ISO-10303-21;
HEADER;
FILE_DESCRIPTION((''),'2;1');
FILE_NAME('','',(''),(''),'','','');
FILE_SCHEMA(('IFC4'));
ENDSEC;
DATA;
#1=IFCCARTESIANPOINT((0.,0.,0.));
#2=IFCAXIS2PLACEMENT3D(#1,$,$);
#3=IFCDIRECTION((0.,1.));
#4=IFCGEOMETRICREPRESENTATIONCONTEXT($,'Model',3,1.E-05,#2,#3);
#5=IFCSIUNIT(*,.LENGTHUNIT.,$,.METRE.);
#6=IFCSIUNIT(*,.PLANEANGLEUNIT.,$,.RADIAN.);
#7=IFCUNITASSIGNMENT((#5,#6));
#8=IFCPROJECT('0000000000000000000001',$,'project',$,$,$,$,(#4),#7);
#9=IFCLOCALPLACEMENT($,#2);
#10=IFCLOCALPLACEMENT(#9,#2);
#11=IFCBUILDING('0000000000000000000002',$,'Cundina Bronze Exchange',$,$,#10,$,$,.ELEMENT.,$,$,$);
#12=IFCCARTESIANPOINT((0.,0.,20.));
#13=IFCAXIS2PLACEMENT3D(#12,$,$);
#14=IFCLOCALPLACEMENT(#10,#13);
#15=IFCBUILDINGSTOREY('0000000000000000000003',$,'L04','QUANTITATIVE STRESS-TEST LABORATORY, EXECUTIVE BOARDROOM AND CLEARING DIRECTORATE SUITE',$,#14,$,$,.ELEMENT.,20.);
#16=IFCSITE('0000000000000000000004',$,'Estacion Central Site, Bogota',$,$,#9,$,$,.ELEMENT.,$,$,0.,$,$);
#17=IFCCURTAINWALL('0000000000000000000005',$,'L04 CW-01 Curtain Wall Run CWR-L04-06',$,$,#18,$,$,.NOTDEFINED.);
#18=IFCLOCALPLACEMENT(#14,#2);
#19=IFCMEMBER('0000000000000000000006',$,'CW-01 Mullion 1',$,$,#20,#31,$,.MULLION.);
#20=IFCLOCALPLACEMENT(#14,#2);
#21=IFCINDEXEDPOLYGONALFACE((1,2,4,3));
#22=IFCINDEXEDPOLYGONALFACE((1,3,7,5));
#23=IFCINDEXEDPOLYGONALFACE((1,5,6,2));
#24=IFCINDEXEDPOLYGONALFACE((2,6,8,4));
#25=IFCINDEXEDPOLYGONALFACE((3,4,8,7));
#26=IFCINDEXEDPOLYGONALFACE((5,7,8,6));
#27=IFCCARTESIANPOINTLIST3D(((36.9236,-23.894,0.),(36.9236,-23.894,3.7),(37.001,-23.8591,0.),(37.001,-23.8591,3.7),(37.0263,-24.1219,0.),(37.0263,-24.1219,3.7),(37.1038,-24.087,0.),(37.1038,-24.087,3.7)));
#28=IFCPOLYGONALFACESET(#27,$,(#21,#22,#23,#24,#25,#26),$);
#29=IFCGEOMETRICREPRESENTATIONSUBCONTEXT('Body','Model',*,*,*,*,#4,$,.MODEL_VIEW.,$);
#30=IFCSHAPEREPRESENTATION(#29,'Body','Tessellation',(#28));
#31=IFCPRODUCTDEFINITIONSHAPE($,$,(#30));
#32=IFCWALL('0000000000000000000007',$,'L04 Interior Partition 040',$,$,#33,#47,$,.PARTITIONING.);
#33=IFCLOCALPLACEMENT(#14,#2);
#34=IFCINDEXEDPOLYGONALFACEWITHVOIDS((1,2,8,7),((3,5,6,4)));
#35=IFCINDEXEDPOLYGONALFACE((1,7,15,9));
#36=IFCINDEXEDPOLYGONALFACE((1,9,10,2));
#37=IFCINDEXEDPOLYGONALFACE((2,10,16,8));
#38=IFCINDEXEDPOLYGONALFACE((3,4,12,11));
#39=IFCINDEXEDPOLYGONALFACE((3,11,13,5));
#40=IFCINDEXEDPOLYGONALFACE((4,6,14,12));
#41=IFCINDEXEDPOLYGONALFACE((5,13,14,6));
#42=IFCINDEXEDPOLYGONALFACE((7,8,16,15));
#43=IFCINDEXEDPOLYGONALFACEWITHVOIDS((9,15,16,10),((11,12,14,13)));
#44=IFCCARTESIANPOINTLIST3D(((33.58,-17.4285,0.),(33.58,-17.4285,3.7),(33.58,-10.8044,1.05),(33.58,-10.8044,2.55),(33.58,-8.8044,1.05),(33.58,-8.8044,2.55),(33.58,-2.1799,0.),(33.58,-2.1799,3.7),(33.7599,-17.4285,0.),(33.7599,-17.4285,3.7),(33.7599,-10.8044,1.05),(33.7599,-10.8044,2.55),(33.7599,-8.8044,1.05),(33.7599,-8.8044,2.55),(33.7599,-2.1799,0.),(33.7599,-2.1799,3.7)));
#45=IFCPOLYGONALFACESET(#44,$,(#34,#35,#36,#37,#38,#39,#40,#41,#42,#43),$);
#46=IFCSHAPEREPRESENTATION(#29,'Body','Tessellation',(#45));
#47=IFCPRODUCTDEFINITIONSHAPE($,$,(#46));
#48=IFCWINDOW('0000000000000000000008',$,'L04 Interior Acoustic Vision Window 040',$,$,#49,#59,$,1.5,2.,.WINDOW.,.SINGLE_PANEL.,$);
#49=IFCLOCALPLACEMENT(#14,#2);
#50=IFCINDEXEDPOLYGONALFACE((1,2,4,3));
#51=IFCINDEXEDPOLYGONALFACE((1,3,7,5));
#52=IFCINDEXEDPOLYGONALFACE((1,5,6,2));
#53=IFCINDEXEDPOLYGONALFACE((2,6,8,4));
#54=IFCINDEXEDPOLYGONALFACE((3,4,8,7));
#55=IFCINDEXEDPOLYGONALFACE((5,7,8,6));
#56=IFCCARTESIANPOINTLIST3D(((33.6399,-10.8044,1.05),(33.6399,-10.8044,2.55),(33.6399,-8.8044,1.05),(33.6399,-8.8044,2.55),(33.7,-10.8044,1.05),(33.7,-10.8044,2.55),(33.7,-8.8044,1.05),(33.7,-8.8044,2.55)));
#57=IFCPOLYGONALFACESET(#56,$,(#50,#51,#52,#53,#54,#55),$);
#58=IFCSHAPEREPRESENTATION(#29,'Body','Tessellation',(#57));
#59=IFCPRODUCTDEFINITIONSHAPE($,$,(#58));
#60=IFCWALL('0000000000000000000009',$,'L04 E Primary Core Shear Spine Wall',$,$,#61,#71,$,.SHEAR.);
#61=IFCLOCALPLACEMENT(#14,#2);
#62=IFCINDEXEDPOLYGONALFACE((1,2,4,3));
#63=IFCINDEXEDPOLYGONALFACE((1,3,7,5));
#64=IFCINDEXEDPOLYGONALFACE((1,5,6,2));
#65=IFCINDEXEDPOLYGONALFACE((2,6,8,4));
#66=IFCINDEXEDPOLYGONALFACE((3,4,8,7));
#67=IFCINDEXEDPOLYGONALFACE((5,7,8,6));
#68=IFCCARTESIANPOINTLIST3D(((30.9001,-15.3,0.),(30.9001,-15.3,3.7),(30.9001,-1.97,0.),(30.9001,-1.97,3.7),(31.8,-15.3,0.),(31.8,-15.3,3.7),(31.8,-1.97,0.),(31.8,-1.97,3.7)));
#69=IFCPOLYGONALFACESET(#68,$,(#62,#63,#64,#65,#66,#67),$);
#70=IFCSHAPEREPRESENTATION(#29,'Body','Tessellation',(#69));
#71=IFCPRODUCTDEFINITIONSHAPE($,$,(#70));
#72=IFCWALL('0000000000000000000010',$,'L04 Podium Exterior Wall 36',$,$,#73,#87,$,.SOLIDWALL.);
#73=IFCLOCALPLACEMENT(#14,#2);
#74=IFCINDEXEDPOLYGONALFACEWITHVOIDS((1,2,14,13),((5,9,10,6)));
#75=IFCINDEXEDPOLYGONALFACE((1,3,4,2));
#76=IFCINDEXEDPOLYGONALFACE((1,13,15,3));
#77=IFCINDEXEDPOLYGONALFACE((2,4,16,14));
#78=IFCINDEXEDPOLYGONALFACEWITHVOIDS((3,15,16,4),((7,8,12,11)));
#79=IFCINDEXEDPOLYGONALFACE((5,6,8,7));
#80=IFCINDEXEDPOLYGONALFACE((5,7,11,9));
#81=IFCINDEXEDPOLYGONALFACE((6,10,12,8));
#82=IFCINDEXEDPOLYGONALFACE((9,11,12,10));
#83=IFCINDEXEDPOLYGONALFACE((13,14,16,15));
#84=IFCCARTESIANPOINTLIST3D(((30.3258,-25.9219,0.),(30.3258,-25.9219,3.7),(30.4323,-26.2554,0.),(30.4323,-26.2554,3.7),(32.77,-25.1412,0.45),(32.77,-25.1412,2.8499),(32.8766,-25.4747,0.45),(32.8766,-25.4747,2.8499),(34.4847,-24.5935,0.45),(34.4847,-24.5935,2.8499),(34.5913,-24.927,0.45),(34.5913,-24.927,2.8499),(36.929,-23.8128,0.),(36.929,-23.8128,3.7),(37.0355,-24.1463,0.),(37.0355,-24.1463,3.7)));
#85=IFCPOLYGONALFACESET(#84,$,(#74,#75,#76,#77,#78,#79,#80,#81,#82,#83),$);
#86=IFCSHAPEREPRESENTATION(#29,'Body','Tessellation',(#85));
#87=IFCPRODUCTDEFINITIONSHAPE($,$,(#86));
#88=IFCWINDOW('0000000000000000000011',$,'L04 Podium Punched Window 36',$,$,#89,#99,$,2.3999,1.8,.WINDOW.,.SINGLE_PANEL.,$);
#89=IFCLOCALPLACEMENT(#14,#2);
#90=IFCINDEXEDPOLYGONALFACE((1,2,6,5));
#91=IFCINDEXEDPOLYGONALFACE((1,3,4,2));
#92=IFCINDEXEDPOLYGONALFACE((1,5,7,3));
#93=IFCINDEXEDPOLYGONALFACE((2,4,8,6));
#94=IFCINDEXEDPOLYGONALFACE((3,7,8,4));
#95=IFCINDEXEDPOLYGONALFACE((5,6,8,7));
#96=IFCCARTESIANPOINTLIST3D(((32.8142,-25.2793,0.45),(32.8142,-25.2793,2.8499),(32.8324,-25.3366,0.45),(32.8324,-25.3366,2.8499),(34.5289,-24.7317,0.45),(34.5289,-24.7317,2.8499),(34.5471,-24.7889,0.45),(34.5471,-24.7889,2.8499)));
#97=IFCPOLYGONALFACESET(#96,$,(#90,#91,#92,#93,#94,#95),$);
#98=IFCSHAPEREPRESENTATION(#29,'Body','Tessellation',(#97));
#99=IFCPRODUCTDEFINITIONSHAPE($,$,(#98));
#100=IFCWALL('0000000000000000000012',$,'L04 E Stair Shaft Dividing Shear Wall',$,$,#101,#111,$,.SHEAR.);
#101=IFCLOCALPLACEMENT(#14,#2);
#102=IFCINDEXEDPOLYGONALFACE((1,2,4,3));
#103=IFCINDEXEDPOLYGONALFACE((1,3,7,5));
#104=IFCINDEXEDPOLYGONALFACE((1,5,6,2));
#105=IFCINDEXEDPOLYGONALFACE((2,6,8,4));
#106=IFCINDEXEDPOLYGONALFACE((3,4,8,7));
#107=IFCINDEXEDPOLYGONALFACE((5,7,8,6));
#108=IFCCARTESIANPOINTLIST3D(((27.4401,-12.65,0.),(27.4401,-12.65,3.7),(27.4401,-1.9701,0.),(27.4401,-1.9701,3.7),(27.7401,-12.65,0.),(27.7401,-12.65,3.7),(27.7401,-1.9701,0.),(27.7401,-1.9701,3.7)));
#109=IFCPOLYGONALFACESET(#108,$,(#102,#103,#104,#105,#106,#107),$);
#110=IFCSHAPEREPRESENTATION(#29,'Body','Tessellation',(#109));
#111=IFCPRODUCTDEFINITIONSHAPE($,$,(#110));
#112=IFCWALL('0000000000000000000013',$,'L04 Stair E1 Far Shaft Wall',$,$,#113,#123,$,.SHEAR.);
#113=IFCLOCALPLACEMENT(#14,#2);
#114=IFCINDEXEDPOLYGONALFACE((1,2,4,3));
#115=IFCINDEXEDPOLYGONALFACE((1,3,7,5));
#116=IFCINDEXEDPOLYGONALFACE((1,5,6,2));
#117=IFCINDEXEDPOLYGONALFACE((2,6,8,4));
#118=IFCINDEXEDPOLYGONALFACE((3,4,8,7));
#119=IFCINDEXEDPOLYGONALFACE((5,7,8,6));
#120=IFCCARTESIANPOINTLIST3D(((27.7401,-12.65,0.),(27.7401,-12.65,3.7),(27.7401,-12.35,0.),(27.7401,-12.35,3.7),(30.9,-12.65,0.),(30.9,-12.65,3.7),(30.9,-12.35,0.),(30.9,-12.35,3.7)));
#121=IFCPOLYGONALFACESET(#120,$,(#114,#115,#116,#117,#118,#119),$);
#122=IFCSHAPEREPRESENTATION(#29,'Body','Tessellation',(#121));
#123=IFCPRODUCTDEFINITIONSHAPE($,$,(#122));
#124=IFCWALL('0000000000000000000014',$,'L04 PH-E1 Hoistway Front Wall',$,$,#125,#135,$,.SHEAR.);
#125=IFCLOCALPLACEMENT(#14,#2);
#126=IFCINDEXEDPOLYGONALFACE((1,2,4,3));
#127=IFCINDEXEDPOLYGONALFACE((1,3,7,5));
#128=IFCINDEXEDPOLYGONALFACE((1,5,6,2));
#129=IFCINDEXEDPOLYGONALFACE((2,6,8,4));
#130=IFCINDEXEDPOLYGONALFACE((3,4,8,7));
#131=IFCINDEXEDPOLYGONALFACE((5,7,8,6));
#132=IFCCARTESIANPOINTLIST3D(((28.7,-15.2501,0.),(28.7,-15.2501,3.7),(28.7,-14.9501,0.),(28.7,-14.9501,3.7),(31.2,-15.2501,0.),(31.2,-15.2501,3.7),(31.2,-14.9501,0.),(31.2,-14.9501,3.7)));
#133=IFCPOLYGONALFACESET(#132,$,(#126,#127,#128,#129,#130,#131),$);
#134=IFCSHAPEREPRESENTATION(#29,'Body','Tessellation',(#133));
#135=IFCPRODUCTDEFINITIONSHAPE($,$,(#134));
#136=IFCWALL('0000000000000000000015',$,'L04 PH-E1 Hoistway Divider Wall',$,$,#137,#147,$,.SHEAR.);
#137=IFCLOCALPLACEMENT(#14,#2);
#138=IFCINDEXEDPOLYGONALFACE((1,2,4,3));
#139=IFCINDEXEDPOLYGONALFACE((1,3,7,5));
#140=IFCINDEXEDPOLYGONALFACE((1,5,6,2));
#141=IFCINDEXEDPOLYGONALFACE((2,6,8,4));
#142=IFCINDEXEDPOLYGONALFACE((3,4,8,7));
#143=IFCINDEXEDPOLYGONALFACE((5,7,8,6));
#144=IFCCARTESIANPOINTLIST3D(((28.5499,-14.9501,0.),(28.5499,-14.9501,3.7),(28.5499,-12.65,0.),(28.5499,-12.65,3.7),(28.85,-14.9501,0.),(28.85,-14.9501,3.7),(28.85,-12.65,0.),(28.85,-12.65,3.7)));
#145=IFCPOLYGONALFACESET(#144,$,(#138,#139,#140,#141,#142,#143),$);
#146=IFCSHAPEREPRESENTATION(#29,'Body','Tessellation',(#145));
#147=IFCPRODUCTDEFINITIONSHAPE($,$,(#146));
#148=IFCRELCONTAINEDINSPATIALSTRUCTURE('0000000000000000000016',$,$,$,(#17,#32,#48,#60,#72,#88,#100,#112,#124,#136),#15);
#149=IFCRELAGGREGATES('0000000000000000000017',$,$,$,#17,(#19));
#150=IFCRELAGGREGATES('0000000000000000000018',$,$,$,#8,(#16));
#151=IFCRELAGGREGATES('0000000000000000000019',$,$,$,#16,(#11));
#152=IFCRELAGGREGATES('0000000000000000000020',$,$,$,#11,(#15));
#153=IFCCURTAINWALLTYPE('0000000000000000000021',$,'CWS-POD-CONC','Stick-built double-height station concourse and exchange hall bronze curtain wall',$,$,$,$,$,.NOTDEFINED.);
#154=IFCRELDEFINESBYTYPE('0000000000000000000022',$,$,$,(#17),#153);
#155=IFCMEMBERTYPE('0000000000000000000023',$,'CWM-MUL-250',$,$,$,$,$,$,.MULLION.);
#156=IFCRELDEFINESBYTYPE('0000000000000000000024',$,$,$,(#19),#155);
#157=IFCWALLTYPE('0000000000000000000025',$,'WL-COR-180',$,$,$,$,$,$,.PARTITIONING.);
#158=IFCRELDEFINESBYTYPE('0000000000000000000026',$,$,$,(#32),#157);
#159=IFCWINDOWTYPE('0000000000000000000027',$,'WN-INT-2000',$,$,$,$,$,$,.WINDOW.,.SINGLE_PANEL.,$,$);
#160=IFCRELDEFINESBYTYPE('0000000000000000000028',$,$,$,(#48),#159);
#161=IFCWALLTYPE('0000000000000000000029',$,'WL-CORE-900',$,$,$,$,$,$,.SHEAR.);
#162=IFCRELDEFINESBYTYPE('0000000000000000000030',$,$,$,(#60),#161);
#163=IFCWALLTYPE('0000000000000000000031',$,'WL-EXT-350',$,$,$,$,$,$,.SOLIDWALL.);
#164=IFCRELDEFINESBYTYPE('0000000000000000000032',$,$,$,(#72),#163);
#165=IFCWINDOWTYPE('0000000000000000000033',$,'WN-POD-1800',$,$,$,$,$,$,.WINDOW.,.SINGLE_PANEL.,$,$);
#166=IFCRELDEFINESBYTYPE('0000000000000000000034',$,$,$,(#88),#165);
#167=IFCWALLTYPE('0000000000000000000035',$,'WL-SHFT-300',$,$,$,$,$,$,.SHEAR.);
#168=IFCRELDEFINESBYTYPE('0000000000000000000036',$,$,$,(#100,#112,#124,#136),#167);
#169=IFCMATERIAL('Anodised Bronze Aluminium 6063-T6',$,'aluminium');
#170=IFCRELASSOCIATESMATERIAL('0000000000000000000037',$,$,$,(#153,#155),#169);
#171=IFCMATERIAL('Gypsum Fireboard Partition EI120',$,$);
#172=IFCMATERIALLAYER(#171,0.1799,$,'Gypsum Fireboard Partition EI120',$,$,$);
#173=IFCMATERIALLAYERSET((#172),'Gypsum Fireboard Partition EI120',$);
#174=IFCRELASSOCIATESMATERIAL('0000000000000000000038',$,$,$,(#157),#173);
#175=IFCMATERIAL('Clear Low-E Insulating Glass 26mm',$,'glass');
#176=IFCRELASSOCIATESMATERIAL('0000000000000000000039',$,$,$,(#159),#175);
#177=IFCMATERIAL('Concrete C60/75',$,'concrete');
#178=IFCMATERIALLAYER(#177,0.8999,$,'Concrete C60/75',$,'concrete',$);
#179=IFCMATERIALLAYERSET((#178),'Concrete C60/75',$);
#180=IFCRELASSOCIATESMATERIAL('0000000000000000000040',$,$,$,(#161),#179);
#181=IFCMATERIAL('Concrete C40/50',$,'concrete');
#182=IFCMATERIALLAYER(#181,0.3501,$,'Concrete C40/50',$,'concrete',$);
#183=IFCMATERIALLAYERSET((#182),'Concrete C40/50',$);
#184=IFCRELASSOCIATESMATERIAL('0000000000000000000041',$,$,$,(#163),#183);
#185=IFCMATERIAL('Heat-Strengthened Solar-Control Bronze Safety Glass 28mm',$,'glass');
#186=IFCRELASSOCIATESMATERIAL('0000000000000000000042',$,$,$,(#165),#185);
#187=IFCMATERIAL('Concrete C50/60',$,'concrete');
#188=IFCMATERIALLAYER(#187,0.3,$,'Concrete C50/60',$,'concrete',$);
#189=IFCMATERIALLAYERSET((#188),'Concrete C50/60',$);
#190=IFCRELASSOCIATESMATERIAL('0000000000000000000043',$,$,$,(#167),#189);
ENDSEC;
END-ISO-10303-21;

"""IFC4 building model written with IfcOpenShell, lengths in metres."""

from ifc_helpers import new_model, si_unit, direction, frame, frame_2d, origin, origin_2d, place, context, subcontext, project, spatial, rectangle, extrude, material, layer, layer_set, material_profile, profile_set, type_object, element, fill, aggregate, save


model = new_model("IFC4")

# Units and contexts
model_context = context("Model", 3, precision=1e-05, world=origin(), true_north=direction((0.0, 1.0)))
body_context = subcontext(model_context, "Body", "Model", "MODEL_VIEW")
ifc_project = project(units=[si_unit("LENGTHUNIT", "METRE"), si_unit("PLANEANGLEUNIT", "RADIAN")], contexts=[model_context])

# Site, building, storey
site_placement = place(None, origin())
site = spatial("IfcSite", under=ifc_project, at=site_placement, Name="Estacion Central Site, Bogota", CompositionType="ELEMENT", RefElevation=0.0)
building_placement = place(site_placement, origin())
building = spatial("IfcBuilding", under=site, at=building_placement, Name="Cundina Bronze Exchange", CompositionType="ELEMENT")
storey_placement = place(building_placement, frame((0.0, 0.0, 20.0)))
storey = spatial("IfcBuildingStorey", under=building, at=storey_placement, Name="L04", Description="QUANTITATIVE STRESS-TEST LABORATORY, EXECUTIVE BOARDROOM AND CLEARING DIRECTORATE SUITE", CompositionType="ELEMENT", Elevation=20.0)

# Shared definitions
ifc_material_1 = material(Name="Concrete C60/75", Category="concrete")

# Curtain wall, member
ifc_material_2 = material(Name="Anodised Bronze Aluminium 6063-T6", Category="aluminium")
curtain_wall_type = type_object("IfcCurtainWallType", Name="CWS-POD-CONC", Description="Stick-built double-height station concourse and exchange hall bronze curtain wall", PredefinedType="NOTDEFINED", material=ifc_material_2)
curtain_wall_placement = place(storey_placement, origin())
curtain_wall = element("IfcCurtainWall", 1, at=curtain_wall_placement, inside=storey, type_object=curtain_wall_type, Name="L04 CW-01 Curtain Wall Run CWR-L04-06", PredefinedType="NOTDEFINED")
ifc_material_profile_1 = material_profile(ifc_material_2, rectangle(XDim=0.085, YDim=0.25, at=origin_2d()), Name="AL85X250", Category="aluminium")
ifc_profile_set_1 = profile_set([ifc_material_profile_1], Name="Anodised Bronze Aluminium 6063-T6")
member_type = type_object("IfcMemberType", Name="CWM-MUL-250", PredefinedType="MULLION", material=ifc_profile_set_1)
member_placement = place(storey_placement, frame((37.0137, -23.9905, 0.0), z_axis=(0.0, 0.0, 1.0), x_axis=(0.911619, 0.411037, 0.0)))
member = element("IfcMember", 2, at=member_placement, type_object=member_type, Name="CW-01 Mullion 1", PredefinedType="MULLION", context=body_context, shape_type="SweptSolid", body=[
    extrude(rectangle(XDim=0.085, YDim=0.25, at=origin_2d()), origin(), (0.0, 0.0, 1.0), 3.7),
])
aggregate(curtain_wall, [member])

# Wall, opening, window
ifc_material_3 = material(Name="Gypsum Fireboard Partition EI120")
ifc_layer_1 = layer(ifc_material_3, 0.1799, Name="Gypsum Fireboard Partition EI120")
ifc_layer_set_1 = layer_set([ifc_layer_1], Name="Gypsum Fireboard Partition EI120")
wall_type_1 = type_object("IfcWallType", Name="WL-COR-180", PredefinedType="PARTITIONING", material=ifc_layer_set_1)
wall_1_placement = place(storey_placement, frame((33.6699, -17.4285, 0.0), z_axis=(0.0, 0.0, 1.0), x_axis=(0.0, 1.0, 0.0)))
wall_1 = element("IfcWall", 3, at=wall_1_placement, inside=storey, type_object=wall_type_1, Name="L04 Interior Partition 040", PredefinedType="PARTITIONING", context=body_context, shape_type="SweptSolid", body=[
    extrude(rectangle(XDim=15.2485, YDim=0.1799, at=frame_2d((7.6243, 0.0))), origin(), (0.0, 0.0, 1.0), 3.7),
])
opening_1_placement = place(wall_1_placement, frame((6.624, 0.0, 1.05)))
opening_1 = element("IfcOpeningElement", 4, at=opening_1_placement, cuts=wall_1, PredefinedType="OPENING", context=body_context, shape_type="SweptSolid", body=[
    extrude(rectangle(XDim=2.0, YDim=1.5, at=frame_2d((1.0, 0.75))), frame((0.0, 0.0999, 0.0), z_axis=(0.0, -1.0, 0.0), x_axis=(1.0, 0.0, 0.0)), (0.0, 0.0, 1.0), 0.2),
])
ifc_material_4 = material(Name="Clear Low-E Insulating Glass 26mm", Category="glass")
window_type_1 = type_object("IfcWindowType", Name="WN-INT-2000", PartitioningType="SINGLE_PANEL", PredefinedType="WINDOW", material=ifc_material_4)
window_1_placement = place(opening_1_placement, origin())
window_1 = element("IfcWindow", 5, at=window_1_placement, inside=storey, type_object=window_type_1, Name="L04 Interior Acoustic Vision Window 040", OverallHeight=1.5, OverallWidth=2.0, PartitioningType="SINGLE_PANEL", PredefinedType="WINDOW", context=body_context, shape_type="SweptSolid", body=[
    extrude(rectangle(XDim=2.0, YDim=1.5, at=frame_2d((1.0, 0.75))), frame((0.0, 0.03, 0.0), z_axis=(0.0, -1.0, 0.0), x_axis=(1.0, 0.0, 0.0)), (0.0, 0.0, 1.0), 0.0601),
])
fill(opening_1, window_1)

# Wall
ifc_layer_2 = layer(ifc_material_1, 0.8999, Name="Concrete C60/75", Category="concrete")
ifc_layer_set_2 = layer_set([ifc_layer_2], Name="Concrete C60/75")
wall_type_2 = type_object("IfcWallType", Name="WL-CORE-900", PredefinedType="SHEAR", material=ifc_layer_set_2)
wall_2_placement = place(storey_placement, frame((31.3501, -15.3, 0.0), z_axis=(0.0, 0.0, 1.0), x_axis=(0.0, 1.0, 0.0)))
element("IfcWall", 6, at=wall_2_placement, inside=storey, type_object=wall_type_2, Name="L04 E Primary Core Shear Spine Wall", PredefinedType="SHEAR", context=body_context, shape_type="SweptSolid", body=[
    extrude(rectangle(XDim=13.3301, YDim=0.8999, at=frame_2d((6.665, 0.0))), origin(), (0.0, 0.0, 1.0), 3.7),
])

# Wall, opening, window
ifc_material_5 = material(Name="Concrete C40/50", Category="concrete")
ifc_layer_3 = layer(ifc_material_5, 0.3501, Name="Concrete C40/50", Category="concrete")
ifc_layer_set_3 = layer_set([ifc_layer_3], Name="Concrete C40/50")
wall_type_3 = type_object("IfcWallType", Name="WL-EXT-350", PredefinedType="SOLIDWALL", material=ifc_layer_set_3)
wall_3_placement = place(storey_placement, frame((30.3792, -26.0886, 0.0), z_axis=(0.0, 0.0, 1.0), x_axis=(0.952588, 0.304263, 0.0)))
wall_3 = element("IfcWall", 7, at=wall_3_placement, inside=storey, type_object=wall_type_3, Name="L04 Podium Exterior Wall 36", PredefinedType="SOLIDWALL", context=body_context, shape_type="SweptSolid", body=[
    extrude(rectangle(XDim=6.9319, YDim=0.3501, at=frame_2d((3.4658, 0.0))), origin(), (0.0, 0.0, 1.0), 3.7),
])
opening_2_placement = place(wall_3_placement, frame((2.5659, 0.0, 0.45)))
opening_2 = element("IfcOpeningElement", 8, at=opening_2_placement, cuts=wall_3, PredefinedType="OPENING", context=body_context, shape_type="SweptSolid", body=[
    extrude(rectangle(XDim=1.8, YDim=2.3999, at=frame_2d((0.8999, 1.2))), frame((0.0, 0.1851, 0.0), z_axis=(0.0, -1.0, 0.0), x_axis=(1.0, 0.0, 0.0)), (0.0, 0.0, 1.0), 0.3701),
])
ifc_material_6 = material(Name="Heat-Strengthened Solar-Control Bronze Safety Glass 28mm", Category="glass")
window_type_2 = type_object("IfcWindowType", Name="WN-POD-1800", PartitioningType="SINGLE_PANEL", PredefinedType="WINDOW", material=ifc_material_6)
window_2_placement = place(opening_2_placement, origin())
window_2 = element("IfcWindow", 9, at=window_2_placement, inside=storey, type_object=window_type_2, Name="L04 Podium Punched Window 36", OverallHeight=2.3999, OverallWidth=1.8, PartitioningType="SINGLE_PANEL", PredefinedType="WINDOW", context=body_context, shape_type="SweptSolid", body=[
    extrude(rectangle(XDim=1.8, YDim=2.3999, at=frame_2d((0.8999, 1.2))), frame((0.0, 0.03, 0.0), z_axis=(0.0, -1.0, 0.0), x_axis=(1.0, 0.0, 0.0)), (0.0, 0.0, 1.0), 0.0601),
])
fill(opening_2, window_2)

# Wall
ifc_material_7 = material(Name="Concrete C50/60", Category="concrete")
ifc_layer_4 = layer(ifc_material_7, 0.3, Name="Concrete C50/60", Category="concrete")
ifc_layer_set_4 = layer_set([ifc_layer_4], Name="Concrete C50/60")
wall_type_4 = type_object("IfcWallType", Name="WL-SHFT-300", PredefinedType="SHEAR", material=ifc_layer_set_4)
wall_4_placement = place(storey_placement, frame((27.5901, -12.6499, 0.0), z_axis=(0.0, 0.0, 1.0), x_axis=(0.0, 1.0, 0.0)))
element("IfcWall", 10, at=wall_4_placement, inside=storey, type_object=wall_type_4, Name="L04 E Stair Shaft Dividing Shear Wall", PredefinedType="SHEAR", context=body_context, shape_type="SweptSolid", body=[
    extrude(rectangle(XDim=10.6799, YDim=0.3, at=frame_2d((5.3398, 0.0))), origin(), (0.0, 0.0, 1.0), 3.7),
])

# Walls
wall_5_placement = place(storey_placement, frame((27.74, -12.5, 0.0), z_axis=(0.0, 0.0, 1.0), x_axis=(1.0, 0.0, 0.0)))
element("IfcWall", 11, at=wall_5_placement, inside=storey, type_object=wall_type_4, Name="L04 Stair E1 Far Shaft Wall", PredefinedType="SHEAR", context=body_context, shape_type="SweptSolid", body=[
    extrude(rectangle(XDim=3.1599, YDim=0.3, at=frame_2d((1.5801, 0.0))), origin(), (0.0, 0.0, 1.0), 3.7),
])
wall_6_placement = place(storey_placement, frame((28.7, -15.1001, 0.0), z_axis=(0.0, 0.0, 1.0), x_axis=(1.0, 0.0, 0.0)))
element("IfcWall", 12, at=wall_6_placement, inside=storey, type_object=wall_type_4, Name="L04 PH-E1 Hoistway Front Wall", PredefinedType="SHEAR", context=body_context, shape_type="SweptSolid", body=[
    extrude(rectangle(XDim=2.5, YDim=0.3, at=frame_2d((1.25, 0.0))), origin(), (0.0, 0.0, 1.0), 3.7),
])
wall_7_placement = place(storey_placement, frame((28.7, -14.95, 0.0), z_axis=(0.0, 0.0, 1.0), x_axis=(0.0, 1.0, 0.0)))
element("IfcWall", 13, at=wall_7_placement, inside=storey, type_object=wall_type_4, Name="L04 PH-E1 Hoistway Divider Wall", PredefinedType="SHEAR", context=body_context, shape_type="SweptSolid", body=[
    extrude(rectangle(XDim=2.3, YDim=0.3, at=frame_2d((1.1499, 0.0))), origin(), (0.0, 0.0, 1.0), 3.7),
])

save(model, "model.ifc")
